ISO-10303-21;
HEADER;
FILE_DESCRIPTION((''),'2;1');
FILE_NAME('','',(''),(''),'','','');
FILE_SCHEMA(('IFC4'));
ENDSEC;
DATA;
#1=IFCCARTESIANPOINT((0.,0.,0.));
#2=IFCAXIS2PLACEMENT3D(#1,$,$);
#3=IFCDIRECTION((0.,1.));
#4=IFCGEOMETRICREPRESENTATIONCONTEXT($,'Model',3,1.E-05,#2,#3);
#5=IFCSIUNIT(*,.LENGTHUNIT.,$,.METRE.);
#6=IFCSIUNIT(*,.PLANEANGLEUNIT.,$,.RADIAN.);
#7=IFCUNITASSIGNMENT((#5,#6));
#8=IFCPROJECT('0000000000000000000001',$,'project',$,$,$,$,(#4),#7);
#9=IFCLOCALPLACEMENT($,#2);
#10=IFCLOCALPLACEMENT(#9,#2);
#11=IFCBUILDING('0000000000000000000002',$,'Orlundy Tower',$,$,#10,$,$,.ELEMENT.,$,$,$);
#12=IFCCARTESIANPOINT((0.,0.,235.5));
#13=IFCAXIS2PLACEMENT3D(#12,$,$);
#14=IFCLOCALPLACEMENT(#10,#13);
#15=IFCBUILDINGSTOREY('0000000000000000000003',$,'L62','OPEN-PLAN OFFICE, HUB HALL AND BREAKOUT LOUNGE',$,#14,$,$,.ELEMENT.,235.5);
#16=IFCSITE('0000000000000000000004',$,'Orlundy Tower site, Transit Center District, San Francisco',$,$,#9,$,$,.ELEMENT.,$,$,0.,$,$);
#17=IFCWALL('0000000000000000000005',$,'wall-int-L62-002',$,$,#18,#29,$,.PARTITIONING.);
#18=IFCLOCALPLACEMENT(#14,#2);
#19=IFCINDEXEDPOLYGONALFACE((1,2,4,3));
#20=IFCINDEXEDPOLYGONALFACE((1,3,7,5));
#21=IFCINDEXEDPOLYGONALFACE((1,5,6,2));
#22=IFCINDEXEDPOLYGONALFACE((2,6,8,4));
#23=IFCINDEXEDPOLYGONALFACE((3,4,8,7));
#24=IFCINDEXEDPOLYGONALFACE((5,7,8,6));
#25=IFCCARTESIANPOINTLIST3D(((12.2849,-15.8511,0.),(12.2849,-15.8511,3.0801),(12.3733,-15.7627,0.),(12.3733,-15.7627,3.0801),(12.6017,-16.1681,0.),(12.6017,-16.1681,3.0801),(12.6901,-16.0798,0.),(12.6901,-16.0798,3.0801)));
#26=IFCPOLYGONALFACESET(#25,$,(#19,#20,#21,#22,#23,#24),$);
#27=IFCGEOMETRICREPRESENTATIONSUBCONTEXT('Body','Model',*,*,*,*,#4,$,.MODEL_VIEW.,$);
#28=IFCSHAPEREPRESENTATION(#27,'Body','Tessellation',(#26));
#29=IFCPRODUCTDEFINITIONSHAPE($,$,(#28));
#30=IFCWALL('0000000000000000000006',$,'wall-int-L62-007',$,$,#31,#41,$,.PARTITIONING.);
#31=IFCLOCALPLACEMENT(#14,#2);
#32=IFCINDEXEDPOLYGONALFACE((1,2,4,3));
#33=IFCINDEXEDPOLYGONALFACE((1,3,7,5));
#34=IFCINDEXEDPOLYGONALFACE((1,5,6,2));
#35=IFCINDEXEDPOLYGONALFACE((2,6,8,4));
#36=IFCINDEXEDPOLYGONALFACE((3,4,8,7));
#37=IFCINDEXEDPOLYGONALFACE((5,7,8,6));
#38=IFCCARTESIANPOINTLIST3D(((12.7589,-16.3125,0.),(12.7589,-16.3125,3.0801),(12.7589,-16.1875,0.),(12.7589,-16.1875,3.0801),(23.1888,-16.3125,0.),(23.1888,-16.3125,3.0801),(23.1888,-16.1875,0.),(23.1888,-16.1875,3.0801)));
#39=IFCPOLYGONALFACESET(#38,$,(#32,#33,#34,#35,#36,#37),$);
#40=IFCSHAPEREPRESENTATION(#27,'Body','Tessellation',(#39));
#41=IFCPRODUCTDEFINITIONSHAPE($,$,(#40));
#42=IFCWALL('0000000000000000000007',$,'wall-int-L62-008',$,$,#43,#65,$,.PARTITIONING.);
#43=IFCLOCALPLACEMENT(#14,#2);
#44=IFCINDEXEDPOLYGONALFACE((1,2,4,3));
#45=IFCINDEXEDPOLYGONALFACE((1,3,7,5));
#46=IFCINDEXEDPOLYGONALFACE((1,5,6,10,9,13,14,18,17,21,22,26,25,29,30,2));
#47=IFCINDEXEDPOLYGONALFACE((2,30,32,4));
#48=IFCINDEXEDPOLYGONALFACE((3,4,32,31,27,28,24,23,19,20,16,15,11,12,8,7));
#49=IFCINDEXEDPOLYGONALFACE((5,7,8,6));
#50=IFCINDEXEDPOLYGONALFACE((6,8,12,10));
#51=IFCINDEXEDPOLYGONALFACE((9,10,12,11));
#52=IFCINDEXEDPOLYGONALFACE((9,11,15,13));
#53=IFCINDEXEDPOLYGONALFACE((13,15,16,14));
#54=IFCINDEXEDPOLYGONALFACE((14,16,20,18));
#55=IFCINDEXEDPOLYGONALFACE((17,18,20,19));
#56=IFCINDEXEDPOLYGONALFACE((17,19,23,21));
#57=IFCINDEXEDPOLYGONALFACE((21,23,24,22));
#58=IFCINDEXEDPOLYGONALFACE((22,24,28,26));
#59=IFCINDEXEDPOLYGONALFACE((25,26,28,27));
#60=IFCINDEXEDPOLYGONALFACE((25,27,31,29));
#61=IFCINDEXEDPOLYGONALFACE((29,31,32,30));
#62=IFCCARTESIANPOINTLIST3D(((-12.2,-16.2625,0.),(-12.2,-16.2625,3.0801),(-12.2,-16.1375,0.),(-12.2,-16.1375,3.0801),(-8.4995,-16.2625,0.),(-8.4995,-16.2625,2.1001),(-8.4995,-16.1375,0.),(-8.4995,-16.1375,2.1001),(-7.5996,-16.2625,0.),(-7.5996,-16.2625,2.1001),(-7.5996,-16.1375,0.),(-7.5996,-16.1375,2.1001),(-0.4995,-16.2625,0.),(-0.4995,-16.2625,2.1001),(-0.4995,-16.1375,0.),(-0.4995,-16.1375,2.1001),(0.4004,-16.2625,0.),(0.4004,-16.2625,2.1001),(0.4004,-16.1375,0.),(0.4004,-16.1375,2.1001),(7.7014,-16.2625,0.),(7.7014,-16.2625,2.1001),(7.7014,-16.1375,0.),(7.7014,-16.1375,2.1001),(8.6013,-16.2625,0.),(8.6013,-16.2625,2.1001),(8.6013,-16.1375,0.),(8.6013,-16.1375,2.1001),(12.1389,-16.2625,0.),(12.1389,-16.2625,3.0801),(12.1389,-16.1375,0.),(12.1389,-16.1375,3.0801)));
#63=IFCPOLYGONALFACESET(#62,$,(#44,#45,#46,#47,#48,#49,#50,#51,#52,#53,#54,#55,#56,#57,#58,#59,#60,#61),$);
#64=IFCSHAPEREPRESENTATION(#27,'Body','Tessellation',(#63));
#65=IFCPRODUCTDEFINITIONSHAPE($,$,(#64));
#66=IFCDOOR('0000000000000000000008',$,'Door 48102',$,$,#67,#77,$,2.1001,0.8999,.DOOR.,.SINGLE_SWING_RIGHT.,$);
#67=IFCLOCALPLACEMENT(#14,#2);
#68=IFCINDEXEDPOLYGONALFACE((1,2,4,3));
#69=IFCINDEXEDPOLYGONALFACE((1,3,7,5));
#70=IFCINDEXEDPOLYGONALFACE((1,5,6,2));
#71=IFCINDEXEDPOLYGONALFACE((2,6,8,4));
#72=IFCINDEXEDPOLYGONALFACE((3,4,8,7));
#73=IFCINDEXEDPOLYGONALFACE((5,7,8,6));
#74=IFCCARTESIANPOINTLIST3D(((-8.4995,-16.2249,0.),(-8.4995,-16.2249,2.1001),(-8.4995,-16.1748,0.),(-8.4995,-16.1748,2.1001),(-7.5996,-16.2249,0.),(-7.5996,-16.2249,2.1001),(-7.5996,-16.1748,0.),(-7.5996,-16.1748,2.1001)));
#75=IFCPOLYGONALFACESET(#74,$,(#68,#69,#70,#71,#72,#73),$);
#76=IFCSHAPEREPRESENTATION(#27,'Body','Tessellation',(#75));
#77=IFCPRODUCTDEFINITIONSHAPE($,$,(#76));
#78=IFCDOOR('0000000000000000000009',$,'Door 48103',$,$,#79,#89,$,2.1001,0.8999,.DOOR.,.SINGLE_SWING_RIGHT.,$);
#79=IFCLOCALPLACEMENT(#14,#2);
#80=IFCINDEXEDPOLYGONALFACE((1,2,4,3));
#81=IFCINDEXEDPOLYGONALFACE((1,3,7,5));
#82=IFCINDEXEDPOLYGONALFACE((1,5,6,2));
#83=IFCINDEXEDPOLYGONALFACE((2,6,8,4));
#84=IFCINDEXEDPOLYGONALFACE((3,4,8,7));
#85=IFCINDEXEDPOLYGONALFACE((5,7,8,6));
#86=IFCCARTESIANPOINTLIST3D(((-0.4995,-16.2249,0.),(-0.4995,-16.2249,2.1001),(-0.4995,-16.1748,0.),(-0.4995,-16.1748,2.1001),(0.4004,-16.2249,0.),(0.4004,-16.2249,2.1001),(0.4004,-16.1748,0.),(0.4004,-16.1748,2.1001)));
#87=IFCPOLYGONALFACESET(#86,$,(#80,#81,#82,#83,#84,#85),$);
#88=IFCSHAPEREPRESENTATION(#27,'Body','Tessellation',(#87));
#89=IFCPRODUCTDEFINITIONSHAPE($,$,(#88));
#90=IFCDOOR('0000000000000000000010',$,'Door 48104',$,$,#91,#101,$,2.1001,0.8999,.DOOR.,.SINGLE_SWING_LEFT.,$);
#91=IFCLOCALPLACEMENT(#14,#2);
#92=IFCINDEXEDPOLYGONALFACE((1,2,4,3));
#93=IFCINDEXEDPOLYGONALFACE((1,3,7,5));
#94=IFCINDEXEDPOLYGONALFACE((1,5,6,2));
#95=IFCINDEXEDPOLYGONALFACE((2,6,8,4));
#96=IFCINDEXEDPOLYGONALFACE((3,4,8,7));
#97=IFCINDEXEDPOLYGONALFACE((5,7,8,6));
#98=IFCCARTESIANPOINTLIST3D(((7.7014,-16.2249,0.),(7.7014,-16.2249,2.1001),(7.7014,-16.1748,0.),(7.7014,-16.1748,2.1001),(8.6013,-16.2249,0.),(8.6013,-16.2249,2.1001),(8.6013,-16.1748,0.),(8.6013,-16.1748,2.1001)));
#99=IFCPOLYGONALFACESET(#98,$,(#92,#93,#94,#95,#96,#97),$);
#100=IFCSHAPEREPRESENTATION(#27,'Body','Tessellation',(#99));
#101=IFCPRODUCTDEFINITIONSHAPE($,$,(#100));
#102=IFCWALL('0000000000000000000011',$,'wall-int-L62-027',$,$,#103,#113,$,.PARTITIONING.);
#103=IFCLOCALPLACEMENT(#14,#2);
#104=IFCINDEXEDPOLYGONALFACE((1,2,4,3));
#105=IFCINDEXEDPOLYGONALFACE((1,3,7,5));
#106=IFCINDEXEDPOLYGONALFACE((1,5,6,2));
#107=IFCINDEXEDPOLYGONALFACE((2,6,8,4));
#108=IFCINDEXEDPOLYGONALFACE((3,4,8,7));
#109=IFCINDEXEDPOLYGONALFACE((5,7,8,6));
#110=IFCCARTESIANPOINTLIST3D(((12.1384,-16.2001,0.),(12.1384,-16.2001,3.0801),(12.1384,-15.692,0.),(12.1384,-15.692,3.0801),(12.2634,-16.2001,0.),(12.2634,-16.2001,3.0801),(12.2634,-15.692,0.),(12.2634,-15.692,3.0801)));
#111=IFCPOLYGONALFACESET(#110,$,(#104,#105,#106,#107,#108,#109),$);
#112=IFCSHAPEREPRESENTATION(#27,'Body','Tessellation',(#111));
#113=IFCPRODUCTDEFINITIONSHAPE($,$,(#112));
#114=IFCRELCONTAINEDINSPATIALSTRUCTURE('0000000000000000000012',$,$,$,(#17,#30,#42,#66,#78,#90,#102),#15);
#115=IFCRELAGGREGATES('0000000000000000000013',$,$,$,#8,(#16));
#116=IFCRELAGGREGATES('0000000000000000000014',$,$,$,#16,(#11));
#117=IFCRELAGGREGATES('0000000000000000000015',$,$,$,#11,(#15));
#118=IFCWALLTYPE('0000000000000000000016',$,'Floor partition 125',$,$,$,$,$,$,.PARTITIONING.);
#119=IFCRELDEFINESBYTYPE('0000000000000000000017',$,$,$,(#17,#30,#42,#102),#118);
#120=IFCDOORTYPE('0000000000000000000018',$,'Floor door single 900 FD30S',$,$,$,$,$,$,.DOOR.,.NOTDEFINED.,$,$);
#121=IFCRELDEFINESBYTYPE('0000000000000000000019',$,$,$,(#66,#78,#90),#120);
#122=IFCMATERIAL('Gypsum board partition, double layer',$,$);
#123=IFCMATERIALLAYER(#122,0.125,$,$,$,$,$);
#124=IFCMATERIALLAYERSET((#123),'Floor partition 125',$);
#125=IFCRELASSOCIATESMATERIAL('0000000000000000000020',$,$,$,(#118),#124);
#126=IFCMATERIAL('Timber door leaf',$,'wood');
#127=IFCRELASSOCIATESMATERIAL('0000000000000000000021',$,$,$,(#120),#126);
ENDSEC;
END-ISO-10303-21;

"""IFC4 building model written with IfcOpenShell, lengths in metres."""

from ifc_helpers import new_model, si_unit, direction, frame, frame_2d, origin, place, context, subcontext, project, spatial, rectangle, extrude, material, layer, layer_set, type_object, element, fill, save


model = new_model("IFC4")

# Units and contexts
model_context = context("Model", 3, precision=1e-05, world=origin(), true_north=direction((0.0, 1.0)))
body_context = subcontext(model_context, "Body", "Model", "MODEL_VIEW")
ifc_project = project(units=[si_unit("LENGTHUNIT", "METRE"), si_unit("PLANEANGLEUNIT", "RADIAN")], contexts=[model_context])

# Site, building, storey
site_placement = place(None, origin())
site = spatial("IfcSite", under=ifc_project, at=site_placement, Name="Orlundy Tower site, Transit Center District, San Francisco", CompositionType="ELEMENT", RefElevation=0.0)
building_placement = place(site_placement, origin())
building = spatial("IfcBuilding", under=site, at=building_placement, Name="Orlundy Tower", CompositionType="ELEMENT")
storey_placement = place(building_placement, frame((0.0, 0.0, 235.5)))
storey = spatial("IfcBuildingStorey", under=building, at=storey_placement, Name="L62", Description="OPEN-PLAN OFFICE, HUB HALL AND BREAKOUT LOUNGE", CompositionType="ELEMENT", Elevation=235.5)

# Walls
ifc_material_1 = material(Name="Gypsum board partition, double layer")
ifc_layer_1 = layer(ifc_material_1, 0.125)
ifc_layer_set_1 = layer_set([ifc_layer_1], Name="Floor partition 125")
wall_type_1 = type_object("IfcWallType", Name="Floor partition 125", PredefinedType="PARTITIONING", material=ifc_layer_set_1)
wall_1_placement = place(storey_placement, frame((12.3291, -15.8069, 0.0), z_axis=(0.0, 0.0, 1.0), x_axis=(0.706834, -0.707379, 0.0)))
element("IfcWall", 1, at=wall_1_placement, inside=storey, type_object=wall_type_1, Name="wall-int-L62-002", PredefinedType="PARTITIONING", context=body_context, shape_type="SweptSolid", body=[
    extrude(rectangle(XDim=0.4482, YDim=0.125, at=frame_2d((0.2241, 0.0))), origin(), (0.0, 0.0, 1.0), 3.0801),
])
wall_2_placement = place(storey_placement, frame((12.759, -16.25, 0.0), z_axis=(0.0, 0.0, 1.0), x_axis=(1.0, 0.0, 0.0)))
element("IfcWall", 2, at=wall_2_placement, inside=storey, type_object=wall_type_1, Name="wall-int-L62-007", PredefinedType="PARTITIONING", context=body_context, shape_type="SweptSolid", body=[
    extrude(rectangle(XDim=10.4299, YDim=0.125, at=frame_2d((5.2148, 0.0))), origin(), (0.0, 0.0, 1.0), 3.0801),
])

# Wall, openings, doors
wall_3_placement = place(storey_placement, frame((12.1389, -16.2, 0.0), z_axis=(0.0, 0.0, 1.0), x_axis=(-1.0, 0.0, 0.0)))
wall_3 = element("IfcWall", 3, at=wall_3_placement, inside=storey, type_object=wall_type_1, Name="wall-int-L62-008", PredefinedType="PARTITIONING", context=body_context, shape_type="SweptSolid", body=[
    extrude(rectangle(XDim=24.3389, YDim=0.125, at=frame_2d((12.1694, 0.0))), origin(), (0.0, 0.0, 1.0), 3.0801),
])
opening_1_placement = place(wall_3_placement, frame((19.7385, 0.0, 0.0)))
opening_1 = element("IfcOpeningElement", 4, at=opening_1_placement, cuts=wall_3, PredefinedType="OPENING", context=body_context, shape_type="SweptSolid", body=[
    extrude(rectangle(XDim=0.8999, YDim=2.1001, at=frame_2d((0.45, 1.05))), frame((0.0, 0.0725, 0.0), z_axis=(0.0, -1.0, 0.0), x_axis=(1.0, 0.0, 0.0)), (0.0, 0.0, 1.0), 0.145),
])
opening_2_placement = place(wall_3_placement, frame((11.7385, 0.0, 0.0)))
opening_2 = element("IfcOpeningElement", 5, at=opening_2_placement, cuts=wall_3, PredefinedType="OPENING", context=body_context, shape_type="SweptSolid", body=[
    extrude(rectangle(XDim=0.8999, YDim=2.1001, at=frame_2d((0.45, 1.05))), frame((0.0, 0.0725, 0.0), z_axis=(0.0, -1.0, 0.0), x_axis=(1.0, 0.0, 0.0)), (0.0, 0.0, 1.0), 0.145),
])
opening_3_placement = place(wall_3_placement, frame((3.5376, 0.0, 0.0)))
opening_3 = element("IfcOpeningElement", 6, at=opening_3_placement, cuts=wall_3, PredefinedType="OPENING", context=body_context, shape_type="SweptSolid", body=[
    extrude(rectangle(XDim=0.8999, YDim=2.1001, at=frame_2d((0.45, 1.05))), frame((0.0, 0.0725, 0.0), z_axis=(0.0, -1.0, 0.0), x_axis=(1.0, 0.0, 0.0)), (0.0, 0.0, 1.0), 0.145),
])
ifc_material_2 = material(Name="Timber door leaf", Category="wood")
door_type = type_object("IfcDoorType", Name="Floor door single 900 FD30S", OperationType="NOTDEFINED", PredefinedType="DOOR", material=ifc_material_2)
door_1_placement = place(opening_1_placement, origin())
door_1 = element("IfcDoor", 7, at=door_1_placement, inside=storey, type_object=door_type, Name="Door 48102", OperationType="SINGLE_SWING_RIGHT", OverallHeight=2.1001, OverallWidth=0.8999, PredefinedType="DOOR", context=body_context, shape_type="SweptSolid", body=[
    extrude(rectangle(XDim=0.8999, YDim=2.1001, at=frame_2d((0.45, 1.05))), frame((0.0, 0.0249, 0.0), z_axis=(0.0, -1.0, 0.0), x_axis=(1.0, 0.0, 0.0)), (0.0, 0.0, 1.0), 0.05),
])
fill(opening_1, door_1)
door_2_placement = place(opening_2_placement, origin())
door_2 = element("IfcDoor", 8, at=door_2_placement, inside=storey, type_object=door_type, Name="Door 48103", OperationType="SINGLE_SWING_RIGHT", OverallHeight=2.1001, OverallWidth=0.8999, PredefinedType="DOOR", context=body_context, shape_type="SweptSolid", body=[
    extrude(rectangle(XDim=0.8999, YDim=2.1001, at=frame_2d((0.45, 1.05))), frame((0.0, 0.0249, 0.0), z_axis=(0.0, -1.0, 0.0), x_axis=(1.0, 0.0, 0.0)), (0.0, 0.0, 1.0), 0.05),
])
fill(opening_2, door_2)
door_3_placement = place(opening_3_placement, origin())
door_3 = element("IfcDoor", 9, at=door_3_placement, inside=storey, type_object=door_type, Name="Door 48104", OperationType="SINGLE_SWING_LEFT", OverallHeight=2.1001, OverallWidth=0.8999, PredefinedType="DOOR", context=body_context, shape_type="SweptSolid", body=[
    extrude(rectangle(XDim=0.8999, YDim=2.1001, at=frame_2d((0.45, 1.05))), frame((0.0, 0.0249, 0.0), z_axis=(0.0, -1.0, 0.0), x_axis=(1.0, 0.0, 0.0)), (0.0, 0.0, 1.0), 0.05),
])
fill(opening_3, door_3)

# Wall
wall_4_placement = place(storey_placement, frame((12.2009, -16.2, 0.0), z_axis=(0.0, 0.0, 1.0), x_axis=(0.0, 1.0, 0.0)))
element("IfcWall", 10, at=wall_4_placement, inside=storey, type_object=wall_type_1, Name="wall-int-L62-027", PredefinedType="PARTITIONING", context=body_context, shape_type="SweptSolid", body=[
    extrude(rectangle(XDim=0.5081, YDim=0.125, at=frame_2d((0.2539, 0.0))), origin(), (0.0, 0.0, 1.0), 3.0801),
])

save(model, "model.ifc")
